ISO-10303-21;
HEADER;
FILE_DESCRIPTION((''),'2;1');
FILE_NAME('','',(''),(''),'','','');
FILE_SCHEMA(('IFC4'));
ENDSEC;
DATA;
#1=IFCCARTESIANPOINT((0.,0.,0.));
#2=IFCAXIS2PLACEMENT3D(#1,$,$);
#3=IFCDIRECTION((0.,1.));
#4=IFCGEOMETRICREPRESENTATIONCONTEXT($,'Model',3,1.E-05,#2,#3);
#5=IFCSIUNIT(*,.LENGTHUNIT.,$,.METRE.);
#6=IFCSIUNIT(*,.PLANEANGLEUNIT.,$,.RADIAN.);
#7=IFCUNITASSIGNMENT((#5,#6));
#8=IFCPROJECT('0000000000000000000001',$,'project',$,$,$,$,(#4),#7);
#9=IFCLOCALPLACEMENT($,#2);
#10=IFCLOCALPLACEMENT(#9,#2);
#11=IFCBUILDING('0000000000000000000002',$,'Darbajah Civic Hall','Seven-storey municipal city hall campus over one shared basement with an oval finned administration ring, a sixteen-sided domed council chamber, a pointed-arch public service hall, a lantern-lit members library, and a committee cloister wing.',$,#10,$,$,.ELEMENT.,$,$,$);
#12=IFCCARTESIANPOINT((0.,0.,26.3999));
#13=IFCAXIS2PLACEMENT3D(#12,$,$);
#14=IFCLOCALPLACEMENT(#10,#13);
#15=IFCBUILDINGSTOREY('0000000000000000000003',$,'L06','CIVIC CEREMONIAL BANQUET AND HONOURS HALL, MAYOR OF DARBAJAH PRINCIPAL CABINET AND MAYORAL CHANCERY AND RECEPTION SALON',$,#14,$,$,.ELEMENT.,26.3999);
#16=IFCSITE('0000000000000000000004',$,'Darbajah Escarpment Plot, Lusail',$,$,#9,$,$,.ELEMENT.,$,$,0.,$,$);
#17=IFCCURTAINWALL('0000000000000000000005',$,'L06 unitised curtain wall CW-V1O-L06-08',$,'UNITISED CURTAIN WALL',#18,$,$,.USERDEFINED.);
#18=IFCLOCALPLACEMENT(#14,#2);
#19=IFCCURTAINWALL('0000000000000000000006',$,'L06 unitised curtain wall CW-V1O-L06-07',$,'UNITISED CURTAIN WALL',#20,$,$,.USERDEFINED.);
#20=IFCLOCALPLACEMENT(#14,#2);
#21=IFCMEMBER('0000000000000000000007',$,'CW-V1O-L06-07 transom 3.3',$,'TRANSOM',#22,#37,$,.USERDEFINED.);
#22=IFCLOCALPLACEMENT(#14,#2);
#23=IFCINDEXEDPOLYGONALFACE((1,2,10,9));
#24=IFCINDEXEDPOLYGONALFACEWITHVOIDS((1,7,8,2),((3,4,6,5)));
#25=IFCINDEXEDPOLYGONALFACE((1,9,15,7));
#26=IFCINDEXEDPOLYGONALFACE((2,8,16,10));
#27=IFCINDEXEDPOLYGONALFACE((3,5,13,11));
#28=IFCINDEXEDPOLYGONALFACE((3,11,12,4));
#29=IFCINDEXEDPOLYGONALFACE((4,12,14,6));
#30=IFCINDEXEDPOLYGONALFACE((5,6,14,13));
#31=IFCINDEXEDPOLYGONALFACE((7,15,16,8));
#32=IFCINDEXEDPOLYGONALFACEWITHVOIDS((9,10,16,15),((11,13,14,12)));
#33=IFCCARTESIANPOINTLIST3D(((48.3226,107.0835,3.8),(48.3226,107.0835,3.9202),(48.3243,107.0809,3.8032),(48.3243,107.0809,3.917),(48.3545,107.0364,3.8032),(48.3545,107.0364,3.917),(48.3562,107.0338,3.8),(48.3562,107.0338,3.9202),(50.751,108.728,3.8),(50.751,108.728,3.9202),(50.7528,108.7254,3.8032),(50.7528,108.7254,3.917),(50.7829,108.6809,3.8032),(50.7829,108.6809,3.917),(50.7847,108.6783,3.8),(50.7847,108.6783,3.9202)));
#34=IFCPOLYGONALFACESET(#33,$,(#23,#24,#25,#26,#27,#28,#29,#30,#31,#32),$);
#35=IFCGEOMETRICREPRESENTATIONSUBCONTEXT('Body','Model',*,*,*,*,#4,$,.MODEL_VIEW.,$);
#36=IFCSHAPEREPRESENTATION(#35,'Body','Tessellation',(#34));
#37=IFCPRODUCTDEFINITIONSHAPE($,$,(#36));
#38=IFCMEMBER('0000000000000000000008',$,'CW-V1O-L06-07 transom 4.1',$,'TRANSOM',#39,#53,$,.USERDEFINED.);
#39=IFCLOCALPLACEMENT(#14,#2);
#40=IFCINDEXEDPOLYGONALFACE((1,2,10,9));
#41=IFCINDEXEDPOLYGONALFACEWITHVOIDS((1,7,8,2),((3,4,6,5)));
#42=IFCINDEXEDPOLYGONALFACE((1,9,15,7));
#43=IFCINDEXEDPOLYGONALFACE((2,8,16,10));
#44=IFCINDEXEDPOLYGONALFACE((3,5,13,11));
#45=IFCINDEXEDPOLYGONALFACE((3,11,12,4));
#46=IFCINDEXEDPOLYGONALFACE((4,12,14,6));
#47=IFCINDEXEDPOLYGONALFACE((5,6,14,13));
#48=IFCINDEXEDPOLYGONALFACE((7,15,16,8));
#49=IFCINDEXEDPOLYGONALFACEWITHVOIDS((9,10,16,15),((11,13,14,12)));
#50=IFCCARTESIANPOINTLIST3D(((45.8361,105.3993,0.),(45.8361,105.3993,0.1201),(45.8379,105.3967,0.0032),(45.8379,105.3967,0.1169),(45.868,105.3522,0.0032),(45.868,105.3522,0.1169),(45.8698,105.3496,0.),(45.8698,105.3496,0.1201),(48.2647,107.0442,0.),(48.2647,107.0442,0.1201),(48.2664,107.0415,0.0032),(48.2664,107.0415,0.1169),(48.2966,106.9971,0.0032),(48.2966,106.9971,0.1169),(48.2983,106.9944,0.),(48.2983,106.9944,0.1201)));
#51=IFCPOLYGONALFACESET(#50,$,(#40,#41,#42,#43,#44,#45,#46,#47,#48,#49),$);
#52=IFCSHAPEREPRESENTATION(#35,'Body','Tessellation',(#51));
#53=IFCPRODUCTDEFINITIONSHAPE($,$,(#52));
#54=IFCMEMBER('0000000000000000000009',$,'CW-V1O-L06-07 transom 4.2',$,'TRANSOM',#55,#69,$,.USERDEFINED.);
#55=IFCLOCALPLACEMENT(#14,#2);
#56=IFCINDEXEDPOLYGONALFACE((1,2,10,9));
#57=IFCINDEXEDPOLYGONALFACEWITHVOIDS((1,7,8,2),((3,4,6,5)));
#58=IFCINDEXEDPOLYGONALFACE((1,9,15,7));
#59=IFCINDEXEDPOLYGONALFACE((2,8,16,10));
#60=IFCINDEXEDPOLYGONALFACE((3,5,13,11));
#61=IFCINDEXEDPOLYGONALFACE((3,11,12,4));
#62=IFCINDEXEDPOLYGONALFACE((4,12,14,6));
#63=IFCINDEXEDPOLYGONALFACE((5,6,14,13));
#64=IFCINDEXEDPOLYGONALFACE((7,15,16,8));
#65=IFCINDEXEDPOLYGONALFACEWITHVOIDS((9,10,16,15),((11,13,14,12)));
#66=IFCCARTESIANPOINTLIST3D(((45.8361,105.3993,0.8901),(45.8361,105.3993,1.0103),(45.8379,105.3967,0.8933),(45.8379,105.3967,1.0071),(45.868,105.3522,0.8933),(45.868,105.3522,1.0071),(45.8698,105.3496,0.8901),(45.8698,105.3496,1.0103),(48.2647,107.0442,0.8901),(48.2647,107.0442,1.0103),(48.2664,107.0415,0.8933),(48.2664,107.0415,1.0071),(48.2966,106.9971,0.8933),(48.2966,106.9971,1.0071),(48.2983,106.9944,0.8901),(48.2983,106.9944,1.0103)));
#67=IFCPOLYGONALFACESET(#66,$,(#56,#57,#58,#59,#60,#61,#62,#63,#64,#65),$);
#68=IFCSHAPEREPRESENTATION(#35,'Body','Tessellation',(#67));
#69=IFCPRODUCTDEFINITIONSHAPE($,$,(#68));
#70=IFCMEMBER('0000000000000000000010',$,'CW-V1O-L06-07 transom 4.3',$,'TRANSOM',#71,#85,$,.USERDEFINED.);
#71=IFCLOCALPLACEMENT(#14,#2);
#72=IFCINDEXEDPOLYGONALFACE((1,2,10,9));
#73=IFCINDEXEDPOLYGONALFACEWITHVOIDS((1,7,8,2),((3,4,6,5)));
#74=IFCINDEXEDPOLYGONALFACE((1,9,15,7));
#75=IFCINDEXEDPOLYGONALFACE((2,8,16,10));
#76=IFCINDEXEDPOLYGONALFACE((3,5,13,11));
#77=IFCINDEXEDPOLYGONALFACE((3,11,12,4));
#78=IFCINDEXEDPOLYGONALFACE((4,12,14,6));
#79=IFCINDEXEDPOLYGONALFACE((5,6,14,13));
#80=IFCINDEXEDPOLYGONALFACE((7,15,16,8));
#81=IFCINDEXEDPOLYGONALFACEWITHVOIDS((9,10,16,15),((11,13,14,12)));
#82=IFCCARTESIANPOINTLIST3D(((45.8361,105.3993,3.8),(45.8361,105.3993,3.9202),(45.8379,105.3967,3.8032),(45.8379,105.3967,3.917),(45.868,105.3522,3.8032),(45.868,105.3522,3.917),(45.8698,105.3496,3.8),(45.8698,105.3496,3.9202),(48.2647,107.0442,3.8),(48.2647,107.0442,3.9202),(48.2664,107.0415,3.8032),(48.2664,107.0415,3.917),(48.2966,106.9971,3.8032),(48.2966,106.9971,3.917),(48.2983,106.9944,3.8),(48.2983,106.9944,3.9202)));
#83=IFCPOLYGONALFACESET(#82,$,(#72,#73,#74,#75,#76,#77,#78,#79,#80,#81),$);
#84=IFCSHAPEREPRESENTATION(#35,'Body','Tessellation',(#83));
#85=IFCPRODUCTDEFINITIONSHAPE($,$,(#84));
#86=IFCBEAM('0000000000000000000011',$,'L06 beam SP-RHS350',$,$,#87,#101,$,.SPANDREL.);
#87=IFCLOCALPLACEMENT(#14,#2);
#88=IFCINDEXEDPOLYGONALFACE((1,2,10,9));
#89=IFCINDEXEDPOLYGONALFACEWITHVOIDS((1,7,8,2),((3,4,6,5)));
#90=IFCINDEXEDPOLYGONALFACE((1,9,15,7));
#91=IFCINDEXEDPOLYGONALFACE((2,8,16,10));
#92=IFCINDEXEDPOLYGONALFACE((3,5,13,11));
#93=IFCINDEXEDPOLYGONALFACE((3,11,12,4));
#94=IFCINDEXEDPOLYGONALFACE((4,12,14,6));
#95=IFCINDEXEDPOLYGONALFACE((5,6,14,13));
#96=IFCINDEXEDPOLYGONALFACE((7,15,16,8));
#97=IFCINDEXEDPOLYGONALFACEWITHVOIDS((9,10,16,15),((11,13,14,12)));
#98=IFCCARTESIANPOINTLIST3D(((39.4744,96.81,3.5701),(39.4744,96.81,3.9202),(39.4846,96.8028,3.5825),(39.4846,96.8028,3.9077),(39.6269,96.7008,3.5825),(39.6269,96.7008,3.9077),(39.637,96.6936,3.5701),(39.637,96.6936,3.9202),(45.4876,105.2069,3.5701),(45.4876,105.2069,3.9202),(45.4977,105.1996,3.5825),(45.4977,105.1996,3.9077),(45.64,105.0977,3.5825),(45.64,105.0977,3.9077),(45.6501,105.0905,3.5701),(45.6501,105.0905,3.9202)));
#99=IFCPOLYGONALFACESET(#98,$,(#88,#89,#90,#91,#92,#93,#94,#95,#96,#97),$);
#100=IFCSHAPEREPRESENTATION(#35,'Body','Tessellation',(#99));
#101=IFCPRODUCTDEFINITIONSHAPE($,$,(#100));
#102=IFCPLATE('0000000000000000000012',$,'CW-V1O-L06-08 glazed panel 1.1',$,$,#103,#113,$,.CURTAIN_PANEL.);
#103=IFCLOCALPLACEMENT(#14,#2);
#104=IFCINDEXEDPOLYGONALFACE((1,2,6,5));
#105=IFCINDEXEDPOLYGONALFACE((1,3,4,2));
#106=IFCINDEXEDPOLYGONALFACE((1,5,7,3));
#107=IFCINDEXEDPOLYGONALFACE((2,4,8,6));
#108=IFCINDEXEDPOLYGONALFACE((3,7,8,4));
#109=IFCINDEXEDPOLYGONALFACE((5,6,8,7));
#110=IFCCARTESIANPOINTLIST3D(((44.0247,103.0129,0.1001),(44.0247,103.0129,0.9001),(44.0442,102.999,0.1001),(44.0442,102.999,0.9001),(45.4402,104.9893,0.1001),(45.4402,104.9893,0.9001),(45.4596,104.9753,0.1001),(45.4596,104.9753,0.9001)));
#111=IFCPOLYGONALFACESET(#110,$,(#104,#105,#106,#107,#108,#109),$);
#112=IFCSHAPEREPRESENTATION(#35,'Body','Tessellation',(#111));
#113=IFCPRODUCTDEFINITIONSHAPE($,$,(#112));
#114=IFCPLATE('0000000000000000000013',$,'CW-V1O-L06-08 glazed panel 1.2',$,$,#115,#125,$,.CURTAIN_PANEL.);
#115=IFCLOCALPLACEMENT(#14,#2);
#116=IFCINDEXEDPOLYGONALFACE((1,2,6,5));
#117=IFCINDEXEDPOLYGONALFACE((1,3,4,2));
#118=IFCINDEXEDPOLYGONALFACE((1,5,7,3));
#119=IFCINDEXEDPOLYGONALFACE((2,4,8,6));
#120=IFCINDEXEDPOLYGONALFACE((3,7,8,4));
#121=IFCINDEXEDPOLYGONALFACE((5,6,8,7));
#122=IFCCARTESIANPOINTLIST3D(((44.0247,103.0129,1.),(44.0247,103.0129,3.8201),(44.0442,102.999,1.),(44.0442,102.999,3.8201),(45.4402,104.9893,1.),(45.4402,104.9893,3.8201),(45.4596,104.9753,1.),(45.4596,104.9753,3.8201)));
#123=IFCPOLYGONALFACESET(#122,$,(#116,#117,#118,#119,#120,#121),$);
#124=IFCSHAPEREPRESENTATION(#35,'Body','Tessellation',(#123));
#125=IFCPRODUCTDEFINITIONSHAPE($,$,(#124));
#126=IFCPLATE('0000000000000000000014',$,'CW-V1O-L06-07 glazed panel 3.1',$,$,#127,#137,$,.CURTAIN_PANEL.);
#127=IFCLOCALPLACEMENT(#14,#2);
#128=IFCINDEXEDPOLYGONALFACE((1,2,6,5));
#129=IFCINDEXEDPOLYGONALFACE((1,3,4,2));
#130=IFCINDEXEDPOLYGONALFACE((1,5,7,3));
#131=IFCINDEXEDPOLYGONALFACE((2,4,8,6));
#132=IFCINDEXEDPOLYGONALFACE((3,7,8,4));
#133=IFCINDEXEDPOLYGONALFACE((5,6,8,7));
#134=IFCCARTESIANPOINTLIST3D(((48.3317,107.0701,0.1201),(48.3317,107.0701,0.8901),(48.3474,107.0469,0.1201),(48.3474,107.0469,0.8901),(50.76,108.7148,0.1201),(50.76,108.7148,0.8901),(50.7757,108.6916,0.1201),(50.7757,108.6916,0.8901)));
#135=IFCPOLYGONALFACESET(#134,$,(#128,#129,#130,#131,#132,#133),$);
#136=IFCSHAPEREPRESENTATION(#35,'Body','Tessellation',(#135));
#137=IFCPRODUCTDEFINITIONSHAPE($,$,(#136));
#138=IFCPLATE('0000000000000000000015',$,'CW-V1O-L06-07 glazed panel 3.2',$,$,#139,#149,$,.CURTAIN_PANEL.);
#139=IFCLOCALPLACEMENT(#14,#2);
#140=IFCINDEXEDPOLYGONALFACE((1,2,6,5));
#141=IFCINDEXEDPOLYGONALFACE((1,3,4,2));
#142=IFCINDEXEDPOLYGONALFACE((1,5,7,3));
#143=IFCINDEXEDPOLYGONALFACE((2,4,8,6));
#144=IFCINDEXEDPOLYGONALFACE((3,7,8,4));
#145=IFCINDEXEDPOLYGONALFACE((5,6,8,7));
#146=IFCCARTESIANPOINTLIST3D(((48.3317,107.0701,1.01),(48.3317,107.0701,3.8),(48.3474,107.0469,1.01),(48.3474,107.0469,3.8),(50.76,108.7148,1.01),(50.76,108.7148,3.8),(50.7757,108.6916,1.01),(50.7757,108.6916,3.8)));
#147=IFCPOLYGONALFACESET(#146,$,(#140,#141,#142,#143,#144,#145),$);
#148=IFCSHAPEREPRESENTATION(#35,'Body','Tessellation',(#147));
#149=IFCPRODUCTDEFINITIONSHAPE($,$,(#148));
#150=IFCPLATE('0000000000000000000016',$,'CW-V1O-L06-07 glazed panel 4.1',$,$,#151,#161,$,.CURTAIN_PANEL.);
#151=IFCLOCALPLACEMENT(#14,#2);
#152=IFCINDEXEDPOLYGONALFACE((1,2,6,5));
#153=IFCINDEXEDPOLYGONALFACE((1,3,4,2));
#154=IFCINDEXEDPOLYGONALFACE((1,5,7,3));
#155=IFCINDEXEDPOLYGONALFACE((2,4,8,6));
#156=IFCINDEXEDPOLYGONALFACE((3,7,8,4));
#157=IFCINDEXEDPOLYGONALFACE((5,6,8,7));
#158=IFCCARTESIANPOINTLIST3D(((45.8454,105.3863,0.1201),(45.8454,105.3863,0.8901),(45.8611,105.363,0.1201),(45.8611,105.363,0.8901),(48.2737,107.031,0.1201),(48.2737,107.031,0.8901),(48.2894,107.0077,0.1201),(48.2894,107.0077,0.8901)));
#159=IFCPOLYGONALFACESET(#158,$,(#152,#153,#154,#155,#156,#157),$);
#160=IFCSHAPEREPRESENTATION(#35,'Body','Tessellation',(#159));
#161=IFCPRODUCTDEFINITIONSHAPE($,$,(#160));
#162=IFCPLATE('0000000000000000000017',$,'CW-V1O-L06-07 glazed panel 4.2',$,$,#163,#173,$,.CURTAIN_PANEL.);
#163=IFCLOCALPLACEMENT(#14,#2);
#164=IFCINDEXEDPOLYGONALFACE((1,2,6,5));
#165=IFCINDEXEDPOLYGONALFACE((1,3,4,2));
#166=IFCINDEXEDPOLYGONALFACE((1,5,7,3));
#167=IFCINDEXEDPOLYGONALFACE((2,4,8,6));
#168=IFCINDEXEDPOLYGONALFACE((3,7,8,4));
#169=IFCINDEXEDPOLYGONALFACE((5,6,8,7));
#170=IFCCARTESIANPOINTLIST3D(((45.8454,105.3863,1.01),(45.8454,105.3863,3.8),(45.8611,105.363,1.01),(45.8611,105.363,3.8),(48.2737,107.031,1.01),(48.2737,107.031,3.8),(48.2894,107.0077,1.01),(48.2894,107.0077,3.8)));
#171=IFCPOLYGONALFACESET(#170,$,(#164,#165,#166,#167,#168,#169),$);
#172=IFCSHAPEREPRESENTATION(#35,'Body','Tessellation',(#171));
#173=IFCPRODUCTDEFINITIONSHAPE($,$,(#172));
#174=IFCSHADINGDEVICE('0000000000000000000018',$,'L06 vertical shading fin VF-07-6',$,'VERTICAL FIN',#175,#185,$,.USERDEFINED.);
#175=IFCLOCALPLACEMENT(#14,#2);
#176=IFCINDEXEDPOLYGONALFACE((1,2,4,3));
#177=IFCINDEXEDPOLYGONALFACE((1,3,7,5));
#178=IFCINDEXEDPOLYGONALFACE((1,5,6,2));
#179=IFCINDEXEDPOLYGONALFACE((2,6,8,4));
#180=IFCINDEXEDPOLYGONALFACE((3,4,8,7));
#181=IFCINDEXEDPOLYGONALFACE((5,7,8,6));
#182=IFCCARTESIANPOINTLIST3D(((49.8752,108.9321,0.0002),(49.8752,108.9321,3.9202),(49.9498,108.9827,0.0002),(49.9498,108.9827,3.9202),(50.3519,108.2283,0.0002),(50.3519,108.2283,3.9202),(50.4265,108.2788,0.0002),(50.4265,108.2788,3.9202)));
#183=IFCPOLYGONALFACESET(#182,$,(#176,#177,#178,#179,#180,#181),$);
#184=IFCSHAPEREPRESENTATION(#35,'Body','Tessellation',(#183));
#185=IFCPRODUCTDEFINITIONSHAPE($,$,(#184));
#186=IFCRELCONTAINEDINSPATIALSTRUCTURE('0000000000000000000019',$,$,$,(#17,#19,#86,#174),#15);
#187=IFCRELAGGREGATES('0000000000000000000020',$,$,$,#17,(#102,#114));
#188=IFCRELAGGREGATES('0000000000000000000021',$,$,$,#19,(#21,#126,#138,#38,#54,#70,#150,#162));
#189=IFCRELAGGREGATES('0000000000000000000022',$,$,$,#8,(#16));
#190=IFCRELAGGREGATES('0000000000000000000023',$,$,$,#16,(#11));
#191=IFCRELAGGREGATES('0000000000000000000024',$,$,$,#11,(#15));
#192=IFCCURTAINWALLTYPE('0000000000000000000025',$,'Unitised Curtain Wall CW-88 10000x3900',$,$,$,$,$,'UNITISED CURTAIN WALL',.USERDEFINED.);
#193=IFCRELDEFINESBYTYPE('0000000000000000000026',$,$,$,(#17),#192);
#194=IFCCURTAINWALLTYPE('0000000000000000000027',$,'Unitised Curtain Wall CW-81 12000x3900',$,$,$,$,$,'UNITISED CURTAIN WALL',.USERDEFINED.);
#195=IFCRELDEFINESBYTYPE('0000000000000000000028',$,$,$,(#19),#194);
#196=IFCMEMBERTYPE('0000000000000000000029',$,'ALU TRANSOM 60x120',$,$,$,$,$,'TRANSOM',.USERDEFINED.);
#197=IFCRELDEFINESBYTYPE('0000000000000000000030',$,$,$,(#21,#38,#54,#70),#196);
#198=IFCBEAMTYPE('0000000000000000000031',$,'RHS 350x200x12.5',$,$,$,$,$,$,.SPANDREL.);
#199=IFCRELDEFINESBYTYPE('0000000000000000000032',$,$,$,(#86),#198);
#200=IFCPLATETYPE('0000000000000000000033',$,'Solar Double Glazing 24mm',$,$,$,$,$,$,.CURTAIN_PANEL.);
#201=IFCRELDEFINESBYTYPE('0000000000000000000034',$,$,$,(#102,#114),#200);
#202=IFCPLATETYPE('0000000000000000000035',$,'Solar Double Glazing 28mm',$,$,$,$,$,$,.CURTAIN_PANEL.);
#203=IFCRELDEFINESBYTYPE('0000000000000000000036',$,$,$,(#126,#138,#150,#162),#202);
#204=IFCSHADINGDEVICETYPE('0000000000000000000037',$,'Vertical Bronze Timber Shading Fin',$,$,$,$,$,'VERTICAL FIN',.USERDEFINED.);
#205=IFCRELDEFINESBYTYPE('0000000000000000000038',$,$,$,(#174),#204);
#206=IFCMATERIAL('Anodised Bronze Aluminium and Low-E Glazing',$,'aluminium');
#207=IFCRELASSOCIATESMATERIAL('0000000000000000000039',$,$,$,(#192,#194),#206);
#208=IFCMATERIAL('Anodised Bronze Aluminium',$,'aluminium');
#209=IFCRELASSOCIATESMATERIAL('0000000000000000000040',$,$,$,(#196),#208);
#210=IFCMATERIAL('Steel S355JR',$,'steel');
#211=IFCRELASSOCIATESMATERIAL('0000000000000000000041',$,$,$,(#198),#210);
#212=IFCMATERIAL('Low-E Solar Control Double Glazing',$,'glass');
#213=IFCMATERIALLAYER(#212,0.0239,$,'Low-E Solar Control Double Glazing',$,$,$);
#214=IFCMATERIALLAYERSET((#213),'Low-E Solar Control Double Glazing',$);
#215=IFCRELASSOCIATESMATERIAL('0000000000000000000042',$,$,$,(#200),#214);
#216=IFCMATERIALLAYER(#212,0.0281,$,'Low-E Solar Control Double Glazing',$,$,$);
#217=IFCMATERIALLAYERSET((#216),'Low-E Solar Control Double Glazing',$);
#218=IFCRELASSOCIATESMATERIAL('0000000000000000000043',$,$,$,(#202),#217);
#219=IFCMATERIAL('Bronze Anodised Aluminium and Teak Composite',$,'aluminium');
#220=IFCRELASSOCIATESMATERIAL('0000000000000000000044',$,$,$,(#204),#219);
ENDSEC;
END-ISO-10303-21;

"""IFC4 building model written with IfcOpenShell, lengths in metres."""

from ifc_helpers import new_model, si_unit, direction, frame, origin, origin_2d, place, context, subcontext, project, spatial, rectangle, hollow_rectangle, extrude, material, layer, layer_set, material_profile, profile_set, type_object, element, aggregate, save


model = new_model("IFC4")

# Units and contexts
model_context = context("Model", 3, precision=1e-05, world=origin(), true_north=direction((0.0, 1.0)))
body_context = subcontext(model_context, "Body", "Model", "MODEL_VIEW")
ifc_project = project(units=[si_unit("LENGTHUNIT", "METRE"), si_unit("PLANEANGLEUNIT", "RADIAN")], contexts=[model_context])

# Site, building, storey
site_placement = place(None, origin())
site = spatial("IfcSite", under=ifc_project, at=site_placement, Name="Darbajah Escarpment Plot, Lusail", CompositionType="ELEMENT", RefElevation=0.0)
building_placement = place(site_placement, origin())
building = spatial("IfcBuilding", under=site, at=building_placement, Name="Darbajah Civic Hall", Description="Seven-storey municipal city hall campus over one shared basement with an oval finned administration ring, a sixteen-sided domed council chamber, a pointed-arch public service hall, a lantern-lit members library, and a committee cloister wing.", CompositionType="ELEMENT")
storey_placement = place(building_placement, frame((0.0, 0.0, 26.3999)))
storey = spatial("IfcBuildingStorey", under=building, at=storey_placement, Name="L06", Description="CIVIC CEREMONIAL BANQUET AND HONOURS HALL, MAYOR OF DARBAJAH PRINCIPAL CABINET AND MAYORAL CHANCERY AND RECEPTION SALON", CompositionType="ELEMENT", Elevation=26.3999)

# Curtain wall
ifc_material_1 = material(Name="Anodised Bronze Aluminium and Low-E Glazing", Category="aluminium")
curtain_wall_type_1 = type_object("IfcCurtainWallType", Name="Unitised Curtain Wall CW-88 10000x3900", ElementType="UNITISED CURTAIN WALL", PredefinedType="USERDEFINED", material=ifc_material_1)
curtain_wall_1_placement = place(storey_placement, origin())
curtain_wall_1 = element("IfcCurtainWall", 1, at=curtain_wall_1_placement, inside=storey, type_object=curtain_wall_type_1, Name="L06 unitised curtain wall CW-V1O-L06-08", ObjectType="UNITISED CURTAIN WALL", PredefinedType="USERDEFINED")
ifc_material_2 = material(Name="Anodised Bronze Aluminium", Category="aluminium")

# Curtain wall
curtain_wall_type_2 = type_object("IfcCurtainWallType", Name="Unitised Curtain Wall CW-81 12000x3900", ElementType="UNITISED CURTAIN WALL", PredefinedType="USERDEFINED", material=ifc_material_1)
curtain_wall_2_placement = place(storey_placement, origin())
curtain_wall_2 = element("IfcCurtainWall", 2, at=curtain_wall_2_placement, inside=storey, type_object=curtain_wall_type_2, Name="L06 unitised curtain wall CW-V1O-L06-07", ObjectType="UNITISED CURTAIN WALL", PredefinedType="USERDEFINED")

# Members
ifc_material_profile_1 = material_profile(ifc_material_2, hollow_rectangle(XDim=0.0601, YDim=0.1201, WallThickness=0.0032, at=origin_2d()), Name="ALU TRANSOM 60x120")
ifc_profile_set_1 = profile_set([ifc_material_profile_1], Name="Anodised Bronze Aluminium")
member_type_1 = type_object("IfcMemberType", Name="ALU TRANSOM 60x120", ElementType="TRANSOM", PredefinedType="USERDEFINED", material=ifc_profile_set_1)
member_1_placement = place(storey_placement, frame((50.7678, 108.7031, 3.8601), z_axis=(-0.828007, -0.560717, 0.0), x_axis=(0.560717, -0.828007, 0.0)))
member_1 = element("IfcMember", 3, at=member_1_placement, type_object=member_type_1, Name="CW-V1O-L06-07 transom 3.3", ObjectType="TRANSOM", PredefinedType="USERDEFINED", context=body_context, shape_type="SweptSolid", body=[
    extrude(hollow_rectangle(XDim=0.0601, YDim=0.1201, WallThickness=0.0032, at=origin_2d()), origin(), (0.0, 0.0, 1.0), 2.9329),
])
member_2_placement = place(storey_placement, frame((48.2815, 107.0193, 0.0601), z_axis=(-0.827969, -0.560775, 0.0), x_axis=(0.560775, -0.827969, 0.0)))
member_2 = element("IfcMember", 4, at=member_2_placement, type_object=member_type_1, Name="CW-V1O-L06-07 transom 4.1", ObjectType="TRANSOM", PredefinedType="USERDEFINED", context=body_context, shape_type="SweptSolid", body=[
    extrude(hollow_rectangle(XDim=0.0601, YDim=0.1201, WallThickness=0.0032, at=origin_2d()), origin(), (0.0, 0.0, 1.0), 2.9331),
])
member_3_placement = place(storey_placement, frame((48.2815, 107.0193, 0.9502), z_axis=(-0.827969, -0.560775, 0.0), x_axis=(0.560775, -0.827969, 0.0)))
member_3 = element("IfcMember", 5, at=member_3_placement, type_object=member_type_1, Name="CW-V1O-L06-07 transom 4.2", ObjectType="TRANSOM", PredefinedType="USERDEFINED", context=body_context, shape_type="SweptSolid", body=[
    extrude(hollow_rectangle(XDim=0.0601, YDim=0.1201, WallThickness=0.0032, at=origin_2d()), origin(), (0.0, 0.0, 1.0), 2.9331),
])
member_4_placement = place(storey_placement, frame((48.2815, 107.0193, 3.8601), z_axis=(-0.827969, -0.560775, 0.0), x_axis=(0.560775, -0.827969, 0.0)))
member_4 = element("IfcMember", 6, at=member_4_placement, type_object=member_type_1, Name="CW-V1O-L06-07 transom 4.3", ObjectType="TRANSOM", PredefinedType="USERDEFINED", context=body_context, shape_type="SweptSolid", body=[
    extrude(hollow_rectangle(XDim=0.0601, YDim=0.1201, WallThickness=0.0032, at=origin_2d()), origin(), (0.0, 0.0, 1.0), 2.9331),
])

# Beam
ifc_material_3 = material(Name="Steel S355JR", Category="steel")
ifc_material_profile_2 = material_profile(ifc_material_3, hollow_rectangle(XDim=0.2, YDim=0.3501, WallThickness=0.0125, at=origin_2d()), Name="RHS 350x200x12.5")
ifc_profile_set_2 = profile_set([ifc_material_profile_2], Name="Steel S355JR")
beam_type = type_object("IfcBeamType", Name="RHS 350x200x12.5", PredefinedType="SPANDREL", material=ifc_profile_set_2)
beam_placement = place(storey_placement, frame((45.5688, 105.1487, 3.7451), z_axis=(-0.582222, -0.81303, 0.0), x_axis=(0.81303, -0.582222, 0.0)))
element("IfcBeam", 7, at=beam_placement, inside=storey, type_object=beam_type, Name="L06 beam SP-RHS350", PredefinedType="SPANDREL", context=body_context, shape_type="SweptSolid", body=[
    extrude(hollow_rectangle(XDim=0.2, YDim=0.3501, WallThickness=0.0125, at=origin_2d()), origin(), (0.0, 0.0, 1.0), 10.3279),
])

# Plates
ifc_material_4 = material(Name="Low-E Solar Control Double Glazing", Category="glass")
ifc_layer_1 = layer(ifc_material_4, 0.0239, Name="Low-E Solar Control Double Glazing")
ifc_layer_set_1 = layer_set([ifc_layer_1], Name="Low-E Solar Control Double Glazing")
plate_type_1 = type_object("IfcPlateType", Name="Solar Double Glazing 24mm", PredefinedType="CURTAIN_PANEL", material=ifc_layer_set_1)
plate_1_placement = place(storey_placement, frame((44.7422, 103.9941, 0.1001), z_axis=(0.0, 0.0, 1.0), x_axis=(-0.582265, -0.812999, 0.0)))
plate_1 = element("IfcPlate", 8, at=plate_1_placement, type_object=plate_type_1, Name="CW-V1O-L06-08 glazed panel 1.1", PredefinedType="CURTAIN_PANEL", context=body_context, shape_type="SweptSolid", body=[
    extrude(rectangle(XDim=2.4309, YDim=0.0239, at=origin_2d()), origin(), (0.0, 0.0, 1.0), 0.8),
])
plate_2_placement = place(storey_placement, frame((44.7422, 103.9941, 1.0), z_axis=(0.0, 0.0, 1.0), x_axis=(-0.582265, -0.812999, 0.0)))
plate_2 = element("IfcPlate", 9, at=plate_2_placement, type_object=plate_type_1, Name="CW-V1O-L06-08 glazed panel 1.2", PredefinedType="CURTAIN_PANEL", context=body_context, shape_type="SweptSolid", body=[
    extrude(rectangle(XDim=2.4309, YDim=0.0239, at=origin_2d()), origin(), (0.0, 0.0, 1.0), 2.8201),
])
aggregate(curtain_wall_1, [plate_1, plate_2])
ifc_layer_2 = layer(ifc_material_4, 0.0281, Name="Low-E Solar Control Double Glazing")
ifc_layer_set_2 = layer_set([ifc_layer_2], Name="Low-E Solar Control Double Glazing")
plate_type_2 = type_object("IfcPlateType", Name="Solar Double Glazing 28mm", PredefinedType="CURTAIN_PANEL", material=ifc_layer_set_2)
plate_3_placement = place(storey_placement, frame((49.5537, 107.8809, 0.1201), z_axis=(0.0, 0.0, 1.0), x_axis=(-0.827962, -0.560784, 0.0)))
plate_3 = element("IfcPlate", 10, at=plate_3_placement, type_object=plate_type_2, Name="CW-V1O-L06-07 glazed panel 3.1", PredefinedType="CURTAIN_PANEL", context=body_context, shape_type="SweptSolid", body=[
    extrude(rectangle(XDim=2.9329, YDim=0.0281, at=origin_2d()), origin(), (0.0, 0.0, 1.0), 0.77),
])
plate_4_placement = place(storey_placement, frame((49.5537, 107.8809, 1.01), z_axis=(0.0, 0.0, 1.0), x_axis=(-0.827962, -0.560784, 0.0)))
plate_4 = element("IfcPlate", 11, at=plate_4_placement, type_object=plate_type_2, Name="CW-V1O-L06-07 glazed panel 3.2", PredefinedType="CURTAIN_PANEL", context=body_context, shape_type="SweptSolid", body=[
    extrude(rectangle(XDim=2.9329, YDim=0.0281, at=origin_2d()), origin(), (0.0, 0.0, 1.0), 2.79),
])
plate_5_placement = place(storey_placement, frame((47.0674, 106.197, 0.1201), z_axis=(0.0, 0.0, 1.0), x_axis=(-0.827962, -0.560784, 0.0)))
plate_5 = element("IfcPlate", 12, at=plate_5_placement, type_object=plate_type_2, Name="CW-V1O-L06-07 glazed panel 4.1", PredefinedType="CURTAIN_PANEL", context=body_context, shape_type="SweptSolid", body=[
    extrude(rectangle(XDim=2.9329, YDim=0.0281, at=origin_2d()), origin(), (0.0, 0.0, 1.0), 0.77),
])
plate_6_placement = place(storey_placement, frame((47.0674, 106.197, 1.01), z_axis=(0.0, 0.0, 1.0), x_axis=(-0.827962, -0.560784, 0.0)))
plate_6 = element("IfcPlate", 13, at=plate_6_placement, type_object=plate_type_2, Name="CW-V1O-L06-07 glazed panel 4.2", PredefinedType="CURTAIN_PANEL", context=body_context, shape_type="SweptSolid", body=[
    extrude(rectangle(XDim=2.9329, YDim=0.0281, at=origin_2d()), origin(), (0.0, 0.0, 1.0), 2.79),
])
aggregate(curtain_wall_2, [member_1, plate_3, plate_4, member_2, member_3, member_4, plate_5, plate_6])

# Shading device
ifc_material_5 = material(Name="Bronze Anodised Aluminium and Teak Composite", Category="aluminium")
shading_device_type = type_object("IfcShadingDeviceType", Name="Vertical Bronze Timber Shading Fin", ElementType="VERTICAL FIN", PredefinedType="USERDEFINED", material=ifc_material_5)
for number, where, z_axis, x_axis, name in (
    (14, (50.1509, 108.6055, 0.0002), (0.0, 0.0, 1.0), (-0.560784, 0.827962, 0.0), "L06 vertical shading fin VF-07-6"),
):
    element("IfcShadingDevice", number, at=place(storey_placement, frame(where, z_axis=z_axis, x_axis=x_axis)), inside=storey, type_object=shading_device_type, Name=name, ObjectType="VERTICAL FIN", PredefinedType="USERDEFINED", context=body_context, shape_type="SweptSolid", body=[
        extrude(rectangle(XDim=0.8501, YDim=0.0901, at=origin_2d()), origin(), (0.0, 0.0, 1.0), 3.9199),
    ])

save(model, "model.ifc")
